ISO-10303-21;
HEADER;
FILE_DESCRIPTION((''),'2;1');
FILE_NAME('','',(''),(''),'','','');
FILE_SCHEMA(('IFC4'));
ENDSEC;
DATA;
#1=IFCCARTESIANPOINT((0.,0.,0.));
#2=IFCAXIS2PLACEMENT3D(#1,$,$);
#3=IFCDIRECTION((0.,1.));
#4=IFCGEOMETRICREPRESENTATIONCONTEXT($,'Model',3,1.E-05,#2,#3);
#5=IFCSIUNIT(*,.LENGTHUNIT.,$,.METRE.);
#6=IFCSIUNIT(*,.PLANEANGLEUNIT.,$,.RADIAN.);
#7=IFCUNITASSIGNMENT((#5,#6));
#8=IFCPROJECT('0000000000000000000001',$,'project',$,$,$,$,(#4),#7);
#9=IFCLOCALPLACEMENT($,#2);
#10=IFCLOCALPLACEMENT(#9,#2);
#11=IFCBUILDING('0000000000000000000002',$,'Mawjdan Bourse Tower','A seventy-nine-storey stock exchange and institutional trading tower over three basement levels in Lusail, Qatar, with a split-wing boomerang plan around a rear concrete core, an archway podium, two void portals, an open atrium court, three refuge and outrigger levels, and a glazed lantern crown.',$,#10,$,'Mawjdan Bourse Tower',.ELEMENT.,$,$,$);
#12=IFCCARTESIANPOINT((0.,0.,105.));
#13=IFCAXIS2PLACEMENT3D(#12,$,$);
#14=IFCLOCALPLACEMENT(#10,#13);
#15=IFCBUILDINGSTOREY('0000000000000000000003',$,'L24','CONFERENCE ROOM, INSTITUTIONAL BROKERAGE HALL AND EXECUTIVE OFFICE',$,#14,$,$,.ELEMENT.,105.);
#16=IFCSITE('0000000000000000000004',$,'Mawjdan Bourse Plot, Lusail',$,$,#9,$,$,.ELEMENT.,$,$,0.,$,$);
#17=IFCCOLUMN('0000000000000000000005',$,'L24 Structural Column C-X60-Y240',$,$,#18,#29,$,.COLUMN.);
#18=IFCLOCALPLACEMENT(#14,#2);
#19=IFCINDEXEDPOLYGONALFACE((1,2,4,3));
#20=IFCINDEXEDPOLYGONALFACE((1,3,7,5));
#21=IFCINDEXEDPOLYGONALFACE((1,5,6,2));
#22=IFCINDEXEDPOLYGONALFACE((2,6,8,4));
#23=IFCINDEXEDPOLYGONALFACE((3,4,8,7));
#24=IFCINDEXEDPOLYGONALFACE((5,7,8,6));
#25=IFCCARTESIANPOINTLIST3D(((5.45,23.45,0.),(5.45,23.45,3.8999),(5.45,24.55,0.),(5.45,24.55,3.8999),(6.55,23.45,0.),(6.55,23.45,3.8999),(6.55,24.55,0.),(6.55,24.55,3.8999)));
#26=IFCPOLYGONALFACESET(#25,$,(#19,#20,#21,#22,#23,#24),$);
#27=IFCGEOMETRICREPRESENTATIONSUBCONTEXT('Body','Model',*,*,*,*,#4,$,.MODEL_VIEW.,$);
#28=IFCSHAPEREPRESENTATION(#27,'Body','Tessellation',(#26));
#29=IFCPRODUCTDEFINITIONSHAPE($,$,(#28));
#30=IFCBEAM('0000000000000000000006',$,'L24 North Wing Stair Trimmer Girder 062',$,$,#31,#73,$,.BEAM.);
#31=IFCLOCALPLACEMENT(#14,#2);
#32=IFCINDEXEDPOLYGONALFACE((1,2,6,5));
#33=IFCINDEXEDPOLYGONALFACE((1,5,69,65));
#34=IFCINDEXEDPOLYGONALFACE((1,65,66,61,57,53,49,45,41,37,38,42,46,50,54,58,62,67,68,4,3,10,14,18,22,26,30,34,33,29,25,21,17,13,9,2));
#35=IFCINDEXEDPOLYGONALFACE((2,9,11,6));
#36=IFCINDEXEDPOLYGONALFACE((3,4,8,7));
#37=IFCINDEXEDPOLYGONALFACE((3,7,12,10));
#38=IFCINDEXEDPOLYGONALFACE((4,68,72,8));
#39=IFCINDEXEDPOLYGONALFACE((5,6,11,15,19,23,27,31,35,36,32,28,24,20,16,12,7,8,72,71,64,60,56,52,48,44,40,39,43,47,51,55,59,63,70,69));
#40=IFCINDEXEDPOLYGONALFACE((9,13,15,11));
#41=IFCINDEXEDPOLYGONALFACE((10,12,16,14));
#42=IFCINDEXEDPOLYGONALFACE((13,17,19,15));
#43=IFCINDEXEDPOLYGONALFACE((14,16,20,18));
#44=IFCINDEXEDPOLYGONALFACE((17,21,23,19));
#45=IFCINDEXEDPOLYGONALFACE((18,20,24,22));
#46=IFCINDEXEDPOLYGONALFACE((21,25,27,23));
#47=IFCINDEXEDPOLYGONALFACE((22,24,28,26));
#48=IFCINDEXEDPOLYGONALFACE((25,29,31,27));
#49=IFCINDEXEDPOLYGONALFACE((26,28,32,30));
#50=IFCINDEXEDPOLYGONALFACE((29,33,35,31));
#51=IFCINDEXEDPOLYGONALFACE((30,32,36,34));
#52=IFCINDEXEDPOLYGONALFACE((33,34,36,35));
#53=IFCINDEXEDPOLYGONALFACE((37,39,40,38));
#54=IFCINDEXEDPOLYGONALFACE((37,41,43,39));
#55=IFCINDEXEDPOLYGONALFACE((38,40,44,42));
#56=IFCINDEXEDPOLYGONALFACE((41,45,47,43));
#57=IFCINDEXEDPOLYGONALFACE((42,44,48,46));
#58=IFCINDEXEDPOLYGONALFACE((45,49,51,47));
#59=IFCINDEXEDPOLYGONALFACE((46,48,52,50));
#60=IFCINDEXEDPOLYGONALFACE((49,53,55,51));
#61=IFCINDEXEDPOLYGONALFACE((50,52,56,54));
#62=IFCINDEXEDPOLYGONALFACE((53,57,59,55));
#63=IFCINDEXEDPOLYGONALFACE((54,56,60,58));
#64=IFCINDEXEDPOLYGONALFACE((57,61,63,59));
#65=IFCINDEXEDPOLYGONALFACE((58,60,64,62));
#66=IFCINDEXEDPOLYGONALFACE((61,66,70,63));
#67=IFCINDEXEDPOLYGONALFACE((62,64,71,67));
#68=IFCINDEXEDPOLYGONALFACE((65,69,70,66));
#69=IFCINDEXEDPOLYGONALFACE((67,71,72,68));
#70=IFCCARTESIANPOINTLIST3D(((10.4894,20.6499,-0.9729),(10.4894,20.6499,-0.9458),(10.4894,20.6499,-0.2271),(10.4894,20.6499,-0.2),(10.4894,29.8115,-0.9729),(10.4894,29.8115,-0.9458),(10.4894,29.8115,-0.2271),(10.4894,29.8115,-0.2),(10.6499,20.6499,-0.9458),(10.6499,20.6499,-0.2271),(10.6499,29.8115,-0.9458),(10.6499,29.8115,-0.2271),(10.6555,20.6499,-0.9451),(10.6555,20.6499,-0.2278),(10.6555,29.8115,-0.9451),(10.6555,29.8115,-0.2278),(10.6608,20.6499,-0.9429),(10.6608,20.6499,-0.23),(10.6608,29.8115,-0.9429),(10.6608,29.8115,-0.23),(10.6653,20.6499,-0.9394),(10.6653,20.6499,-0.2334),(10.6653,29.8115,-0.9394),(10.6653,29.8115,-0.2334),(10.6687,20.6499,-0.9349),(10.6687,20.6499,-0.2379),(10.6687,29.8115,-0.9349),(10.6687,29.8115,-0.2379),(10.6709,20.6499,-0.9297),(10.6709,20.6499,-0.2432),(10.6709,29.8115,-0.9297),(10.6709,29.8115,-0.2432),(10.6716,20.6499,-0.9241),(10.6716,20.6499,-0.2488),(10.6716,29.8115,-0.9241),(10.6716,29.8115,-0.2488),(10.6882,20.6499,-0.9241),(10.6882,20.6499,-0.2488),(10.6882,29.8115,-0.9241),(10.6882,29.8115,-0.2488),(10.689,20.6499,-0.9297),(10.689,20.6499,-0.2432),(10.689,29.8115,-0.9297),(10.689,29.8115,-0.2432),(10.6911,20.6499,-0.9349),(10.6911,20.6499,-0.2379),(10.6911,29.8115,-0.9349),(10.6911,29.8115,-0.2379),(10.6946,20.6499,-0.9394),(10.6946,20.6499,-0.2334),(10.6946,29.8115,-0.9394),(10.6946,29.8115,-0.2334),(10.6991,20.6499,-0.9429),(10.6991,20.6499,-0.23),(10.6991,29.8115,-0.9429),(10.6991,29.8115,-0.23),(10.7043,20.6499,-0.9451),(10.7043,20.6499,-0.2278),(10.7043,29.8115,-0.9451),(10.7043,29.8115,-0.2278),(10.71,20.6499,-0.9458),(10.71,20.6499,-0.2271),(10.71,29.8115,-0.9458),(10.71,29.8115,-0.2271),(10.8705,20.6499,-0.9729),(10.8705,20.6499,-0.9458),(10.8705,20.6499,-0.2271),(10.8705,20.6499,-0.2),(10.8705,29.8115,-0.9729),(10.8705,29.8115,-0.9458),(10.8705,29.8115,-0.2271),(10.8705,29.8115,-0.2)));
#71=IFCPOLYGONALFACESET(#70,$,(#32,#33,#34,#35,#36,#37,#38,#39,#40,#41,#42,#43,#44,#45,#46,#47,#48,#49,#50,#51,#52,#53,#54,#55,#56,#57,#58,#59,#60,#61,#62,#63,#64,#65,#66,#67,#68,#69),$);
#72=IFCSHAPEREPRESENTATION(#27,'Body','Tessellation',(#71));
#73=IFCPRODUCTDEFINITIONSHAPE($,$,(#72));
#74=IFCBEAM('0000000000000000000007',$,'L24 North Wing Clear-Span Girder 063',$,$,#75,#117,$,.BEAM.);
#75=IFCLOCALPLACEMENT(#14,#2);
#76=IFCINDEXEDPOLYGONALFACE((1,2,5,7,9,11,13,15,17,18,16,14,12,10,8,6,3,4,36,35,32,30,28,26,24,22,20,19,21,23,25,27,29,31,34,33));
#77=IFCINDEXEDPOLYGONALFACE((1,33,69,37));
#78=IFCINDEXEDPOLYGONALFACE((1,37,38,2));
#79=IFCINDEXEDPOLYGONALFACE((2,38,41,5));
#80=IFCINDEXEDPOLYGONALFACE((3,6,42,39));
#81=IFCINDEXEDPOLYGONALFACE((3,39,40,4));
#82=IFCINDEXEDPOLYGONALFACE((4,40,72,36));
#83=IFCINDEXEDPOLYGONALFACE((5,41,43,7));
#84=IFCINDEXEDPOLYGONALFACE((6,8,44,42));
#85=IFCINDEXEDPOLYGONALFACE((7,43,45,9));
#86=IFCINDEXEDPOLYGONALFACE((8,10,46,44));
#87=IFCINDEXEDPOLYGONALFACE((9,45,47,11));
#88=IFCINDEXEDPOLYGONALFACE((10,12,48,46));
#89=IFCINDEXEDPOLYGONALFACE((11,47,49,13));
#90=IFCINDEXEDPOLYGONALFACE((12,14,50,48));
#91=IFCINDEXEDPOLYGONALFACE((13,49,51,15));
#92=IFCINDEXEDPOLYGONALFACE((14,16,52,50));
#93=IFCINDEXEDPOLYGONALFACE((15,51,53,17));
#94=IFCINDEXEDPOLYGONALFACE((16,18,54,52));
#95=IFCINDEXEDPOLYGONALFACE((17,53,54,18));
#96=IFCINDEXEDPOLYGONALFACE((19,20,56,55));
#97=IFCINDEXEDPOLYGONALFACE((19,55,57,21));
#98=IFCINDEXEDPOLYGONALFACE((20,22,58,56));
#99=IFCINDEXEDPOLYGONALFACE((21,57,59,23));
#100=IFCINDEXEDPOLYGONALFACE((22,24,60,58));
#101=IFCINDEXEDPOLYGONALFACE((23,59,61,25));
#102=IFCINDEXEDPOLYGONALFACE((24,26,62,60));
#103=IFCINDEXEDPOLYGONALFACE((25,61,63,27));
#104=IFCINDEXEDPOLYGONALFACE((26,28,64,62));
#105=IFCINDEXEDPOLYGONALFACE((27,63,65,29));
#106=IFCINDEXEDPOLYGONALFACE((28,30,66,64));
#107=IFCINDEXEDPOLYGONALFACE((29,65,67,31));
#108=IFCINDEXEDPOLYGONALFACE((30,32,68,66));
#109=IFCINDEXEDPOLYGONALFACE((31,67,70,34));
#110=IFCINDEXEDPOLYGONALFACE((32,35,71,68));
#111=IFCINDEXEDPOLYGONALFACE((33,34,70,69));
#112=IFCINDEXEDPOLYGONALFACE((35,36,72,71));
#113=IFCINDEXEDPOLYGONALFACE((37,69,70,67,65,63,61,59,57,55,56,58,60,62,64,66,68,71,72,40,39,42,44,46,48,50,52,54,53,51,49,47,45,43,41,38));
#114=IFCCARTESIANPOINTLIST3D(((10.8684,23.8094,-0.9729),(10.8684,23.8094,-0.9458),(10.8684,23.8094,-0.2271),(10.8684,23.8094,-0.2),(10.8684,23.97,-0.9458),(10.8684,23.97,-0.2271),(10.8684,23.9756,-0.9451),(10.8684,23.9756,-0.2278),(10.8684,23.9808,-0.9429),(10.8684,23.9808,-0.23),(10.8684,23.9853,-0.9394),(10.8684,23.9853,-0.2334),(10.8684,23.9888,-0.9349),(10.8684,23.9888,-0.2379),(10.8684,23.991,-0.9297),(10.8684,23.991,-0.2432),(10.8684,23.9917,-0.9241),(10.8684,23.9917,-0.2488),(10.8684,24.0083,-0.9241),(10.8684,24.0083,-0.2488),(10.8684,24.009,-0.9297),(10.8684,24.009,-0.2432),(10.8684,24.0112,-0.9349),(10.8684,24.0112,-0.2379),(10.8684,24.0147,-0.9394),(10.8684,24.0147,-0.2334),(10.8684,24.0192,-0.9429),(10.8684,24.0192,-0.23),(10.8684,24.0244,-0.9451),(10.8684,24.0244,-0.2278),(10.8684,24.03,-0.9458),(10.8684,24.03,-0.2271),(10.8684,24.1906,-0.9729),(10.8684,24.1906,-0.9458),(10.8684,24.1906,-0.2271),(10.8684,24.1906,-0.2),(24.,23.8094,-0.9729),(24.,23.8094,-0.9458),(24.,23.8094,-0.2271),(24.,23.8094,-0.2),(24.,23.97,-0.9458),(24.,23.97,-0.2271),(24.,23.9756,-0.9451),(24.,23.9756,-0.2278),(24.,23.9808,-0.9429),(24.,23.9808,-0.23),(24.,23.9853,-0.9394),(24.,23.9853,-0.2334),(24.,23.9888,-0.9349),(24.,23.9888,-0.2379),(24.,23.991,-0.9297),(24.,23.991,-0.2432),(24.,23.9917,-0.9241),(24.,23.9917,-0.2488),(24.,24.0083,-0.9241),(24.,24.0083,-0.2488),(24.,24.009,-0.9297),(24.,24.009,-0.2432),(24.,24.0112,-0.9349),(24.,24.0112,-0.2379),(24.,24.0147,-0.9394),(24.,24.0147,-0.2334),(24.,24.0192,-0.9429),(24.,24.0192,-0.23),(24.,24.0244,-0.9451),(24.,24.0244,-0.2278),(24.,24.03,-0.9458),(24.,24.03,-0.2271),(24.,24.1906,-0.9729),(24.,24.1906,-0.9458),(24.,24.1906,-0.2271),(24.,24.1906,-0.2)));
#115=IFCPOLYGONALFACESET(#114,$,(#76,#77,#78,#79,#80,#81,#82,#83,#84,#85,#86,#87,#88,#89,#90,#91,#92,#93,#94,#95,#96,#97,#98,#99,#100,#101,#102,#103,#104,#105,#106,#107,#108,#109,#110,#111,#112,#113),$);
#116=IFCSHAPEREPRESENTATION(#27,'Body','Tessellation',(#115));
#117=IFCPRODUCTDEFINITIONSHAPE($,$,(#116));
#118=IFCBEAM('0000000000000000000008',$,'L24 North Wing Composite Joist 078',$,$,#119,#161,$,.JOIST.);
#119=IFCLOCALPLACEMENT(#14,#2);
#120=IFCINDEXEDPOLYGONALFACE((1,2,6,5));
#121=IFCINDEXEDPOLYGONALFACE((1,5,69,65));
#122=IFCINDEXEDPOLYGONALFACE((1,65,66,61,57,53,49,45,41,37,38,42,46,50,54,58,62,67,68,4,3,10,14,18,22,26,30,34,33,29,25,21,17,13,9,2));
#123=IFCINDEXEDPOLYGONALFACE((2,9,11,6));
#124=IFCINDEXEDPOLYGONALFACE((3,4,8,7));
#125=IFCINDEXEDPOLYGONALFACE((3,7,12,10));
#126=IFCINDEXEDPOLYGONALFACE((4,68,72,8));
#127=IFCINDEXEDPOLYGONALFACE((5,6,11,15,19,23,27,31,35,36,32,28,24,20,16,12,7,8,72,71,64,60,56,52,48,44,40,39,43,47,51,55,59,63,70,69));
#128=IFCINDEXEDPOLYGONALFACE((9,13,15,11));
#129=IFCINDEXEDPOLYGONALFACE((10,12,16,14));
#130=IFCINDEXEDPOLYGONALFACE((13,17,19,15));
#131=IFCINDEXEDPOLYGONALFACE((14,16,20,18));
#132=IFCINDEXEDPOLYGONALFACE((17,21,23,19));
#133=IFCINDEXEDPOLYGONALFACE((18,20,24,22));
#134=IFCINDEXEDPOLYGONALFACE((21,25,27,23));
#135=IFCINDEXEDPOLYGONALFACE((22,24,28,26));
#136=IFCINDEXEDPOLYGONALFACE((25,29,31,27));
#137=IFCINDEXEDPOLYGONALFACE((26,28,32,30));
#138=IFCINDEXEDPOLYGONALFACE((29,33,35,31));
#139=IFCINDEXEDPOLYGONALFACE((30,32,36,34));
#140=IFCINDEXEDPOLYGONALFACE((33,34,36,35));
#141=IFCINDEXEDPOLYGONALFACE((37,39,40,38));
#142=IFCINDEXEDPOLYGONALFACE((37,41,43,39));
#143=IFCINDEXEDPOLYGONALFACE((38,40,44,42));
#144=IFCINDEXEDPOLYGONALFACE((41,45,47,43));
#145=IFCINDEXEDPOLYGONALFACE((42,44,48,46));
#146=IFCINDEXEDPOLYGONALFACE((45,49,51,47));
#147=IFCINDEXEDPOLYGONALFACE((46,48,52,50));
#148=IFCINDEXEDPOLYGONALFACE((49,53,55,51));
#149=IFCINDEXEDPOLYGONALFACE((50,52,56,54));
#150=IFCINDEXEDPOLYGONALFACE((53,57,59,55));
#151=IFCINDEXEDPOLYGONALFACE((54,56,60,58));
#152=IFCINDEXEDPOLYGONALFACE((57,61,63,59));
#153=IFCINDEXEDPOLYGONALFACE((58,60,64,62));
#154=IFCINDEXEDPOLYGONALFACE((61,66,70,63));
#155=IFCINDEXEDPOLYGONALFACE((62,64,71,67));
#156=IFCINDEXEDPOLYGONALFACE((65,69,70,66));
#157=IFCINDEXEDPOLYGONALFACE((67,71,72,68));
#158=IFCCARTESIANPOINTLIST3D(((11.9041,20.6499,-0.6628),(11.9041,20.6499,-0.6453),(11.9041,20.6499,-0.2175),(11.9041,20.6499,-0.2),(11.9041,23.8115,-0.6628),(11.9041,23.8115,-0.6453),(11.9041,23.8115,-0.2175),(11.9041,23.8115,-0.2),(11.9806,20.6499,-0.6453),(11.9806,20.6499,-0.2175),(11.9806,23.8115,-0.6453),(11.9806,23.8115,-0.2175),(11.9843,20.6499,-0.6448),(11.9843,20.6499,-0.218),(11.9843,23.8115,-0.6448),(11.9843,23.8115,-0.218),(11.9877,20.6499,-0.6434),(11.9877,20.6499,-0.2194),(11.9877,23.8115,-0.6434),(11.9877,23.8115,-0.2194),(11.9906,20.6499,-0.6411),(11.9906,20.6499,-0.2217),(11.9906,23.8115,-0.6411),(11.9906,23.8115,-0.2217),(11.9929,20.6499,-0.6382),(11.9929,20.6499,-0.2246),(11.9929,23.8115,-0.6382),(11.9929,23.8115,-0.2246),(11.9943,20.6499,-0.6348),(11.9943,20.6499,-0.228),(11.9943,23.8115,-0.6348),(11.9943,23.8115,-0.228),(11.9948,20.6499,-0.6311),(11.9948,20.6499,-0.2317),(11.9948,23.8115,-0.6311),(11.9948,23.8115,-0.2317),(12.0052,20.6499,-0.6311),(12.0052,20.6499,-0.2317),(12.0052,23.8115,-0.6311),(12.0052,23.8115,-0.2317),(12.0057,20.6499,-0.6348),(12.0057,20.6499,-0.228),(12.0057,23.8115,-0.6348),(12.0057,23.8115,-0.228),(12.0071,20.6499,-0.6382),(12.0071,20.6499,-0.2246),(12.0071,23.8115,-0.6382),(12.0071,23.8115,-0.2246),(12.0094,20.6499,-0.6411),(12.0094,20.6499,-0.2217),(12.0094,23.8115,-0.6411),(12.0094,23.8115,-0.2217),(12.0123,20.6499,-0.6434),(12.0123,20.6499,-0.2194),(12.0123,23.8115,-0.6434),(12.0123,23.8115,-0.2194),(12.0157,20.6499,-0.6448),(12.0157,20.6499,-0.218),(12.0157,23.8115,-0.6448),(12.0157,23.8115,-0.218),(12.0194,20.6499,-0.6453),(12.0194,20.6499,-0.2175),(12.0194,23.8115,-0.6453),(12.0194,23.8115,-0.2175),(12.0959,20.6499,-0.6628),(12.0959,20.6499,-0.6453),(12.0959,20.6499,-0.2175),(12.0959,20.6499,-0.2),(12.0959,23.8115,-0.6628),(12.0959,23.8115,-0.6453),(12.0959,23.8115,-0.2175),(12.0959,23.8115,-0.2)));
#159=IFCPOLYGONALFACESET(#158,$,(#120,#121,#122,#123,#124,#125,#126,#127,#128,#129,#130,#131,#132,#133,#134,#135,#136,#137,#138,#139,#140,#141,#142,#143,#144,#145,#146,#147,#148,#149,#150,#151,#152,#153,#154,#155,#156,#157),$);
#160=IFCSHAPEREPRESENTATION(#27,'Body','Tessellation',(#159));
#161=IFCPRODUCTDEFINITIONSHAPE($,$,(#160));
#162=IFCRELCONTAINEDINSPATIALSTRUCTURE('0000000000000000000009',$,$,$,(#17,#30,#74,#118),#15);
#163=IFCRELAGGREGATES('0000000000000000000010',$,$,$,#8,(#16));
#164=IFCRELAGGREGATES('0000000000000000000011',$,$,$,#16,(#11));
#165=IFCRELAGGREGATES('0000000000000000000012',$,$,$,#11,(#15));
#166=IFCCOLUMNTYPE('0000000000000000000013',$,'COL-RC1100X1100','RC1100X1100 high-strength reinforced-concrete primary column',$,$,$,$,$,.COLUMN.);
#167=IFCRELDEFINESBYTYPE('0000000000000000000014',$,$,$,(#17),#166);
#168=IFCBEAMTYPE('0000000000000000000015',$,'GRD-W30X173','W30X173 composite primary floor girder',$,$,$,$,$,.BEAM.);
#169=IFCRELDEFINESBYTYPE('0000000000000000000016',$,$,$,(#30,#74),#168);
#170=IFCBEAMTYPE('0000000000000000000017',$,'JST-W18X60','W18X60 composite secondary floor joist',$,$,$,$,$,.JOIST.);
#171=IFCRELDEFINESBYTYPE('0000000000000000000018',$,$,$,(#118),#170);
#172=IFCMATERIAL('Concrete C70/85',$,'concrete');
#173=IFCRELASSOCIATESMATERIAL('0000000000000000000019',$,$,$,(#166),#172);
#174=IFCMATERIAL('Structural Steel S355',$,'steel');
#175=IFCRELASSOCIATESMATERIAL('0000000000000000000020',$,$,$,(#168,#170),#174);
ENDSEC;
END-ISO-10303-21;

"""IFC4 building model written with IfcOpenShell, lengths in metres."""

from ifc_helpers import new_model, si_unit, direction, frame, origin, origin_2d, place, context, subcontext, project, spatial, rectangle, i_section, extrude, material, material_profile, profile_set, type_object, element, save


model = new_model("IFC4")

# Units and contexts
model_context = context("Model", 3, precision=1e-05, world=origin(), true_north=direction((0.0, 1.0)))
body_context = subcontext(model_context, "Body", "Model", "MODEL_VIEW")
ifc_project = project(units=[si_unit("LENGTHUNIT", "METRE"), si_unit("PLANEANGLEUNIT", "RADIAN")], contexts=[model_context])

# Site, building, storey
site_placement = place(None, origin())
site = spatial("IfcSite", under=ifc_project, at=site_placement, Name="Mawjdan Bourse Plot, Lusail", CompositionType="ELEMENT", RefElevation=0.0)
building_placement = place(site_placement, origin())
building = spatial("IfcBuilding", under=site, at=building_placement, Name="Mawjdan Bourse Tower", Description="A seventy-nine-storey stock exchange and institutional trading tower over three basement levels in Lusail, Qatar, with a split-wing boomerang plan around a rear concrete core, an archway podium, two void portals, an open atrium court, three refuge and outrigger levels, and a glazed lantern crown.", LongName="Mawjdan Bourse Tower", CompositionType="ELEMENT")
storey_placement = place(building_placement, frame((0.0, 0.0, 105.0)))
storey = spatial("IfcBuildingStorey", under=building, at=storey_placement, Name="L24", Description="CONFERENCE ROOM, INSTITUTIONAL BROKERAGE HALL AND EXECUTIVE OFFICE", CompositionType="ELEMENT", Elevation=105.0)

# Column
ifc_material_1 = material(Name="Concrete C70/85", Category="concrete")
ifc_material_profile_1 = material_profile(ifc_material_1, rectangle(XDim=1.1001, YDim=1.1001, at=origin_2d()), Name="RC1100X1100")
ifc_profile_set_1 = profile_set([ifc_material_profile_1], Name="Concrete C70/85")
column_type = type_object("IfcColumnType", Name="COL-RC1100X1100", Description="RC1100X1100 high-strength reinforced-concrete primary column", PredefinedType="COLUMN", material=ifc_profile_set_1)
column_placement = place(storey_placement, frame((6.0, 24.0, 0.0), z_axis=(0.0, 0.0, 1.0), x_axis=(1.0, 0.0, 0.0)))
element("IfcColumn", 1, at=column_placement, inside=storey, type_object=column_type, Name="L24 Structural Column C-X60-Y240", PredefinedType="COLUMN", context=body_context, shape_type="SweptSolid", body=[
    extrude(rectangle(XDim=1.1001, YDim=1.1001, at=origin_2d()), origin(), (0.0, 0.0, 1.0), 3.8999),
])

# Beams
ifc_material_2 = material(Name="Structural Steel S355", Category="steel")
ifc_material_profile_2 = material_profile(ifc_material_2, i_section(OverallWidth=0.3811, OverallDepth=0.7729, WebThickness=0.0166, FlangeThickness=0.0271, FilletRadius=0.0217, at=origin_2d()), Name="W30X173")
ifc_profile_set_2 = profile_set([ifc_material_profile_2], Name="Structural Steel S355")
beam_type_1 = type_object("IfcBeamType", Name="GRD-W30X173", Description="W30X173 composite primary floor girder", PredefinedType="BEAM", material=ifc_profile_set_2)
beam_1_placement = place(storey_placement, frame((10.6799, 20.6499, -0.5864), z_axis=(0.0, 1.0, 0.0), x_axis=(-1.0, 0.0, 0.0)))
element("IfcBeam", 2, at=beam_1_placement, inside=storey, type_object=beam_type_1, Name="L24 North Wing Stair Trimmer Girder 062", PredefinedType="BEAM", context=body_context, shape_type="SweptSolid", body=[
    extrude(i_section(OverallWidth=0.3811, OverallDepth=0.7729, WebThickness=0.0166, FlangeThickness=0.0271, FilletRadius=0.0217, at=origin_2d()), origin(), (0.0, 0.0, 1.0), 9.1616),
])
beam_2_placement = place(storey_placement, frame((10.8684, 24.0, -0.5864), z_axis=(1.0, 0.0, 0.0), x_axis=(0.0, 1.0, 0.0)))
element("IfcBeam", 3, at=beam_2_placement, inside=storey, type_object=beam_type_1, Name="L24 North Wing Clear-Span Girder 063", PredefinedType="BEAM", context=body_context, shape_type="SweptSolid", body=[
    extrude(i_section(OverallWidth=0.3811, OverallDepth=0.7729, WebThickness=0.0166, FlangeThickness=0.0271, FilletRadius=0.0217, at=origin_2d()), origin(), (0.0, 0.0, 1.0), 13.1316),
])
ifc_material_profile_3 = material_profile(ifc_material_2, i_section(OverallWidth=0.1919, OverallDepth=0.4629, WebThickness=0.0105, FlangeThickness=0.0176, FilletRadius=0.0142, at=origin_2d()), Name="W18X60")
ifc_profile_set_3 = profile_set([ifc_material_profile_3], Name="Structural Steel S355")
beam_type_2 = type_object("IfcBeamType", Name="JST-W18X60", Description="W18X60 composite secondary floor joist", PredefinedType="JOIST", material=ifc_profile_set_3)
beam_3_placement = place(storey_placement, frame((12.0, 20.6499, -0.4314), z_axis=(0.0, 1.0, 0.0), x_axis=(-1.0, 0.0, 0.0)))
element("IfcBeam", 4, at=beam_3_placement, inside=storey, type_object=beam_type_2, Name="L24 North Wing Composite Joist 078", PredefinedType="JOIST", context=body_context, shape_type="SweptSolid", body=[
    extrude(i_section(OverallWidth=0.1919, OverallDepth=0.4629, WebThickness=0.0105, FlangeThickness=0.0176, FilletRadius=0.0142, at=origin_2d()), origin(), (0.0, 0.0, 1.0), 3.1616),
])

save(model, "model.ifc")
